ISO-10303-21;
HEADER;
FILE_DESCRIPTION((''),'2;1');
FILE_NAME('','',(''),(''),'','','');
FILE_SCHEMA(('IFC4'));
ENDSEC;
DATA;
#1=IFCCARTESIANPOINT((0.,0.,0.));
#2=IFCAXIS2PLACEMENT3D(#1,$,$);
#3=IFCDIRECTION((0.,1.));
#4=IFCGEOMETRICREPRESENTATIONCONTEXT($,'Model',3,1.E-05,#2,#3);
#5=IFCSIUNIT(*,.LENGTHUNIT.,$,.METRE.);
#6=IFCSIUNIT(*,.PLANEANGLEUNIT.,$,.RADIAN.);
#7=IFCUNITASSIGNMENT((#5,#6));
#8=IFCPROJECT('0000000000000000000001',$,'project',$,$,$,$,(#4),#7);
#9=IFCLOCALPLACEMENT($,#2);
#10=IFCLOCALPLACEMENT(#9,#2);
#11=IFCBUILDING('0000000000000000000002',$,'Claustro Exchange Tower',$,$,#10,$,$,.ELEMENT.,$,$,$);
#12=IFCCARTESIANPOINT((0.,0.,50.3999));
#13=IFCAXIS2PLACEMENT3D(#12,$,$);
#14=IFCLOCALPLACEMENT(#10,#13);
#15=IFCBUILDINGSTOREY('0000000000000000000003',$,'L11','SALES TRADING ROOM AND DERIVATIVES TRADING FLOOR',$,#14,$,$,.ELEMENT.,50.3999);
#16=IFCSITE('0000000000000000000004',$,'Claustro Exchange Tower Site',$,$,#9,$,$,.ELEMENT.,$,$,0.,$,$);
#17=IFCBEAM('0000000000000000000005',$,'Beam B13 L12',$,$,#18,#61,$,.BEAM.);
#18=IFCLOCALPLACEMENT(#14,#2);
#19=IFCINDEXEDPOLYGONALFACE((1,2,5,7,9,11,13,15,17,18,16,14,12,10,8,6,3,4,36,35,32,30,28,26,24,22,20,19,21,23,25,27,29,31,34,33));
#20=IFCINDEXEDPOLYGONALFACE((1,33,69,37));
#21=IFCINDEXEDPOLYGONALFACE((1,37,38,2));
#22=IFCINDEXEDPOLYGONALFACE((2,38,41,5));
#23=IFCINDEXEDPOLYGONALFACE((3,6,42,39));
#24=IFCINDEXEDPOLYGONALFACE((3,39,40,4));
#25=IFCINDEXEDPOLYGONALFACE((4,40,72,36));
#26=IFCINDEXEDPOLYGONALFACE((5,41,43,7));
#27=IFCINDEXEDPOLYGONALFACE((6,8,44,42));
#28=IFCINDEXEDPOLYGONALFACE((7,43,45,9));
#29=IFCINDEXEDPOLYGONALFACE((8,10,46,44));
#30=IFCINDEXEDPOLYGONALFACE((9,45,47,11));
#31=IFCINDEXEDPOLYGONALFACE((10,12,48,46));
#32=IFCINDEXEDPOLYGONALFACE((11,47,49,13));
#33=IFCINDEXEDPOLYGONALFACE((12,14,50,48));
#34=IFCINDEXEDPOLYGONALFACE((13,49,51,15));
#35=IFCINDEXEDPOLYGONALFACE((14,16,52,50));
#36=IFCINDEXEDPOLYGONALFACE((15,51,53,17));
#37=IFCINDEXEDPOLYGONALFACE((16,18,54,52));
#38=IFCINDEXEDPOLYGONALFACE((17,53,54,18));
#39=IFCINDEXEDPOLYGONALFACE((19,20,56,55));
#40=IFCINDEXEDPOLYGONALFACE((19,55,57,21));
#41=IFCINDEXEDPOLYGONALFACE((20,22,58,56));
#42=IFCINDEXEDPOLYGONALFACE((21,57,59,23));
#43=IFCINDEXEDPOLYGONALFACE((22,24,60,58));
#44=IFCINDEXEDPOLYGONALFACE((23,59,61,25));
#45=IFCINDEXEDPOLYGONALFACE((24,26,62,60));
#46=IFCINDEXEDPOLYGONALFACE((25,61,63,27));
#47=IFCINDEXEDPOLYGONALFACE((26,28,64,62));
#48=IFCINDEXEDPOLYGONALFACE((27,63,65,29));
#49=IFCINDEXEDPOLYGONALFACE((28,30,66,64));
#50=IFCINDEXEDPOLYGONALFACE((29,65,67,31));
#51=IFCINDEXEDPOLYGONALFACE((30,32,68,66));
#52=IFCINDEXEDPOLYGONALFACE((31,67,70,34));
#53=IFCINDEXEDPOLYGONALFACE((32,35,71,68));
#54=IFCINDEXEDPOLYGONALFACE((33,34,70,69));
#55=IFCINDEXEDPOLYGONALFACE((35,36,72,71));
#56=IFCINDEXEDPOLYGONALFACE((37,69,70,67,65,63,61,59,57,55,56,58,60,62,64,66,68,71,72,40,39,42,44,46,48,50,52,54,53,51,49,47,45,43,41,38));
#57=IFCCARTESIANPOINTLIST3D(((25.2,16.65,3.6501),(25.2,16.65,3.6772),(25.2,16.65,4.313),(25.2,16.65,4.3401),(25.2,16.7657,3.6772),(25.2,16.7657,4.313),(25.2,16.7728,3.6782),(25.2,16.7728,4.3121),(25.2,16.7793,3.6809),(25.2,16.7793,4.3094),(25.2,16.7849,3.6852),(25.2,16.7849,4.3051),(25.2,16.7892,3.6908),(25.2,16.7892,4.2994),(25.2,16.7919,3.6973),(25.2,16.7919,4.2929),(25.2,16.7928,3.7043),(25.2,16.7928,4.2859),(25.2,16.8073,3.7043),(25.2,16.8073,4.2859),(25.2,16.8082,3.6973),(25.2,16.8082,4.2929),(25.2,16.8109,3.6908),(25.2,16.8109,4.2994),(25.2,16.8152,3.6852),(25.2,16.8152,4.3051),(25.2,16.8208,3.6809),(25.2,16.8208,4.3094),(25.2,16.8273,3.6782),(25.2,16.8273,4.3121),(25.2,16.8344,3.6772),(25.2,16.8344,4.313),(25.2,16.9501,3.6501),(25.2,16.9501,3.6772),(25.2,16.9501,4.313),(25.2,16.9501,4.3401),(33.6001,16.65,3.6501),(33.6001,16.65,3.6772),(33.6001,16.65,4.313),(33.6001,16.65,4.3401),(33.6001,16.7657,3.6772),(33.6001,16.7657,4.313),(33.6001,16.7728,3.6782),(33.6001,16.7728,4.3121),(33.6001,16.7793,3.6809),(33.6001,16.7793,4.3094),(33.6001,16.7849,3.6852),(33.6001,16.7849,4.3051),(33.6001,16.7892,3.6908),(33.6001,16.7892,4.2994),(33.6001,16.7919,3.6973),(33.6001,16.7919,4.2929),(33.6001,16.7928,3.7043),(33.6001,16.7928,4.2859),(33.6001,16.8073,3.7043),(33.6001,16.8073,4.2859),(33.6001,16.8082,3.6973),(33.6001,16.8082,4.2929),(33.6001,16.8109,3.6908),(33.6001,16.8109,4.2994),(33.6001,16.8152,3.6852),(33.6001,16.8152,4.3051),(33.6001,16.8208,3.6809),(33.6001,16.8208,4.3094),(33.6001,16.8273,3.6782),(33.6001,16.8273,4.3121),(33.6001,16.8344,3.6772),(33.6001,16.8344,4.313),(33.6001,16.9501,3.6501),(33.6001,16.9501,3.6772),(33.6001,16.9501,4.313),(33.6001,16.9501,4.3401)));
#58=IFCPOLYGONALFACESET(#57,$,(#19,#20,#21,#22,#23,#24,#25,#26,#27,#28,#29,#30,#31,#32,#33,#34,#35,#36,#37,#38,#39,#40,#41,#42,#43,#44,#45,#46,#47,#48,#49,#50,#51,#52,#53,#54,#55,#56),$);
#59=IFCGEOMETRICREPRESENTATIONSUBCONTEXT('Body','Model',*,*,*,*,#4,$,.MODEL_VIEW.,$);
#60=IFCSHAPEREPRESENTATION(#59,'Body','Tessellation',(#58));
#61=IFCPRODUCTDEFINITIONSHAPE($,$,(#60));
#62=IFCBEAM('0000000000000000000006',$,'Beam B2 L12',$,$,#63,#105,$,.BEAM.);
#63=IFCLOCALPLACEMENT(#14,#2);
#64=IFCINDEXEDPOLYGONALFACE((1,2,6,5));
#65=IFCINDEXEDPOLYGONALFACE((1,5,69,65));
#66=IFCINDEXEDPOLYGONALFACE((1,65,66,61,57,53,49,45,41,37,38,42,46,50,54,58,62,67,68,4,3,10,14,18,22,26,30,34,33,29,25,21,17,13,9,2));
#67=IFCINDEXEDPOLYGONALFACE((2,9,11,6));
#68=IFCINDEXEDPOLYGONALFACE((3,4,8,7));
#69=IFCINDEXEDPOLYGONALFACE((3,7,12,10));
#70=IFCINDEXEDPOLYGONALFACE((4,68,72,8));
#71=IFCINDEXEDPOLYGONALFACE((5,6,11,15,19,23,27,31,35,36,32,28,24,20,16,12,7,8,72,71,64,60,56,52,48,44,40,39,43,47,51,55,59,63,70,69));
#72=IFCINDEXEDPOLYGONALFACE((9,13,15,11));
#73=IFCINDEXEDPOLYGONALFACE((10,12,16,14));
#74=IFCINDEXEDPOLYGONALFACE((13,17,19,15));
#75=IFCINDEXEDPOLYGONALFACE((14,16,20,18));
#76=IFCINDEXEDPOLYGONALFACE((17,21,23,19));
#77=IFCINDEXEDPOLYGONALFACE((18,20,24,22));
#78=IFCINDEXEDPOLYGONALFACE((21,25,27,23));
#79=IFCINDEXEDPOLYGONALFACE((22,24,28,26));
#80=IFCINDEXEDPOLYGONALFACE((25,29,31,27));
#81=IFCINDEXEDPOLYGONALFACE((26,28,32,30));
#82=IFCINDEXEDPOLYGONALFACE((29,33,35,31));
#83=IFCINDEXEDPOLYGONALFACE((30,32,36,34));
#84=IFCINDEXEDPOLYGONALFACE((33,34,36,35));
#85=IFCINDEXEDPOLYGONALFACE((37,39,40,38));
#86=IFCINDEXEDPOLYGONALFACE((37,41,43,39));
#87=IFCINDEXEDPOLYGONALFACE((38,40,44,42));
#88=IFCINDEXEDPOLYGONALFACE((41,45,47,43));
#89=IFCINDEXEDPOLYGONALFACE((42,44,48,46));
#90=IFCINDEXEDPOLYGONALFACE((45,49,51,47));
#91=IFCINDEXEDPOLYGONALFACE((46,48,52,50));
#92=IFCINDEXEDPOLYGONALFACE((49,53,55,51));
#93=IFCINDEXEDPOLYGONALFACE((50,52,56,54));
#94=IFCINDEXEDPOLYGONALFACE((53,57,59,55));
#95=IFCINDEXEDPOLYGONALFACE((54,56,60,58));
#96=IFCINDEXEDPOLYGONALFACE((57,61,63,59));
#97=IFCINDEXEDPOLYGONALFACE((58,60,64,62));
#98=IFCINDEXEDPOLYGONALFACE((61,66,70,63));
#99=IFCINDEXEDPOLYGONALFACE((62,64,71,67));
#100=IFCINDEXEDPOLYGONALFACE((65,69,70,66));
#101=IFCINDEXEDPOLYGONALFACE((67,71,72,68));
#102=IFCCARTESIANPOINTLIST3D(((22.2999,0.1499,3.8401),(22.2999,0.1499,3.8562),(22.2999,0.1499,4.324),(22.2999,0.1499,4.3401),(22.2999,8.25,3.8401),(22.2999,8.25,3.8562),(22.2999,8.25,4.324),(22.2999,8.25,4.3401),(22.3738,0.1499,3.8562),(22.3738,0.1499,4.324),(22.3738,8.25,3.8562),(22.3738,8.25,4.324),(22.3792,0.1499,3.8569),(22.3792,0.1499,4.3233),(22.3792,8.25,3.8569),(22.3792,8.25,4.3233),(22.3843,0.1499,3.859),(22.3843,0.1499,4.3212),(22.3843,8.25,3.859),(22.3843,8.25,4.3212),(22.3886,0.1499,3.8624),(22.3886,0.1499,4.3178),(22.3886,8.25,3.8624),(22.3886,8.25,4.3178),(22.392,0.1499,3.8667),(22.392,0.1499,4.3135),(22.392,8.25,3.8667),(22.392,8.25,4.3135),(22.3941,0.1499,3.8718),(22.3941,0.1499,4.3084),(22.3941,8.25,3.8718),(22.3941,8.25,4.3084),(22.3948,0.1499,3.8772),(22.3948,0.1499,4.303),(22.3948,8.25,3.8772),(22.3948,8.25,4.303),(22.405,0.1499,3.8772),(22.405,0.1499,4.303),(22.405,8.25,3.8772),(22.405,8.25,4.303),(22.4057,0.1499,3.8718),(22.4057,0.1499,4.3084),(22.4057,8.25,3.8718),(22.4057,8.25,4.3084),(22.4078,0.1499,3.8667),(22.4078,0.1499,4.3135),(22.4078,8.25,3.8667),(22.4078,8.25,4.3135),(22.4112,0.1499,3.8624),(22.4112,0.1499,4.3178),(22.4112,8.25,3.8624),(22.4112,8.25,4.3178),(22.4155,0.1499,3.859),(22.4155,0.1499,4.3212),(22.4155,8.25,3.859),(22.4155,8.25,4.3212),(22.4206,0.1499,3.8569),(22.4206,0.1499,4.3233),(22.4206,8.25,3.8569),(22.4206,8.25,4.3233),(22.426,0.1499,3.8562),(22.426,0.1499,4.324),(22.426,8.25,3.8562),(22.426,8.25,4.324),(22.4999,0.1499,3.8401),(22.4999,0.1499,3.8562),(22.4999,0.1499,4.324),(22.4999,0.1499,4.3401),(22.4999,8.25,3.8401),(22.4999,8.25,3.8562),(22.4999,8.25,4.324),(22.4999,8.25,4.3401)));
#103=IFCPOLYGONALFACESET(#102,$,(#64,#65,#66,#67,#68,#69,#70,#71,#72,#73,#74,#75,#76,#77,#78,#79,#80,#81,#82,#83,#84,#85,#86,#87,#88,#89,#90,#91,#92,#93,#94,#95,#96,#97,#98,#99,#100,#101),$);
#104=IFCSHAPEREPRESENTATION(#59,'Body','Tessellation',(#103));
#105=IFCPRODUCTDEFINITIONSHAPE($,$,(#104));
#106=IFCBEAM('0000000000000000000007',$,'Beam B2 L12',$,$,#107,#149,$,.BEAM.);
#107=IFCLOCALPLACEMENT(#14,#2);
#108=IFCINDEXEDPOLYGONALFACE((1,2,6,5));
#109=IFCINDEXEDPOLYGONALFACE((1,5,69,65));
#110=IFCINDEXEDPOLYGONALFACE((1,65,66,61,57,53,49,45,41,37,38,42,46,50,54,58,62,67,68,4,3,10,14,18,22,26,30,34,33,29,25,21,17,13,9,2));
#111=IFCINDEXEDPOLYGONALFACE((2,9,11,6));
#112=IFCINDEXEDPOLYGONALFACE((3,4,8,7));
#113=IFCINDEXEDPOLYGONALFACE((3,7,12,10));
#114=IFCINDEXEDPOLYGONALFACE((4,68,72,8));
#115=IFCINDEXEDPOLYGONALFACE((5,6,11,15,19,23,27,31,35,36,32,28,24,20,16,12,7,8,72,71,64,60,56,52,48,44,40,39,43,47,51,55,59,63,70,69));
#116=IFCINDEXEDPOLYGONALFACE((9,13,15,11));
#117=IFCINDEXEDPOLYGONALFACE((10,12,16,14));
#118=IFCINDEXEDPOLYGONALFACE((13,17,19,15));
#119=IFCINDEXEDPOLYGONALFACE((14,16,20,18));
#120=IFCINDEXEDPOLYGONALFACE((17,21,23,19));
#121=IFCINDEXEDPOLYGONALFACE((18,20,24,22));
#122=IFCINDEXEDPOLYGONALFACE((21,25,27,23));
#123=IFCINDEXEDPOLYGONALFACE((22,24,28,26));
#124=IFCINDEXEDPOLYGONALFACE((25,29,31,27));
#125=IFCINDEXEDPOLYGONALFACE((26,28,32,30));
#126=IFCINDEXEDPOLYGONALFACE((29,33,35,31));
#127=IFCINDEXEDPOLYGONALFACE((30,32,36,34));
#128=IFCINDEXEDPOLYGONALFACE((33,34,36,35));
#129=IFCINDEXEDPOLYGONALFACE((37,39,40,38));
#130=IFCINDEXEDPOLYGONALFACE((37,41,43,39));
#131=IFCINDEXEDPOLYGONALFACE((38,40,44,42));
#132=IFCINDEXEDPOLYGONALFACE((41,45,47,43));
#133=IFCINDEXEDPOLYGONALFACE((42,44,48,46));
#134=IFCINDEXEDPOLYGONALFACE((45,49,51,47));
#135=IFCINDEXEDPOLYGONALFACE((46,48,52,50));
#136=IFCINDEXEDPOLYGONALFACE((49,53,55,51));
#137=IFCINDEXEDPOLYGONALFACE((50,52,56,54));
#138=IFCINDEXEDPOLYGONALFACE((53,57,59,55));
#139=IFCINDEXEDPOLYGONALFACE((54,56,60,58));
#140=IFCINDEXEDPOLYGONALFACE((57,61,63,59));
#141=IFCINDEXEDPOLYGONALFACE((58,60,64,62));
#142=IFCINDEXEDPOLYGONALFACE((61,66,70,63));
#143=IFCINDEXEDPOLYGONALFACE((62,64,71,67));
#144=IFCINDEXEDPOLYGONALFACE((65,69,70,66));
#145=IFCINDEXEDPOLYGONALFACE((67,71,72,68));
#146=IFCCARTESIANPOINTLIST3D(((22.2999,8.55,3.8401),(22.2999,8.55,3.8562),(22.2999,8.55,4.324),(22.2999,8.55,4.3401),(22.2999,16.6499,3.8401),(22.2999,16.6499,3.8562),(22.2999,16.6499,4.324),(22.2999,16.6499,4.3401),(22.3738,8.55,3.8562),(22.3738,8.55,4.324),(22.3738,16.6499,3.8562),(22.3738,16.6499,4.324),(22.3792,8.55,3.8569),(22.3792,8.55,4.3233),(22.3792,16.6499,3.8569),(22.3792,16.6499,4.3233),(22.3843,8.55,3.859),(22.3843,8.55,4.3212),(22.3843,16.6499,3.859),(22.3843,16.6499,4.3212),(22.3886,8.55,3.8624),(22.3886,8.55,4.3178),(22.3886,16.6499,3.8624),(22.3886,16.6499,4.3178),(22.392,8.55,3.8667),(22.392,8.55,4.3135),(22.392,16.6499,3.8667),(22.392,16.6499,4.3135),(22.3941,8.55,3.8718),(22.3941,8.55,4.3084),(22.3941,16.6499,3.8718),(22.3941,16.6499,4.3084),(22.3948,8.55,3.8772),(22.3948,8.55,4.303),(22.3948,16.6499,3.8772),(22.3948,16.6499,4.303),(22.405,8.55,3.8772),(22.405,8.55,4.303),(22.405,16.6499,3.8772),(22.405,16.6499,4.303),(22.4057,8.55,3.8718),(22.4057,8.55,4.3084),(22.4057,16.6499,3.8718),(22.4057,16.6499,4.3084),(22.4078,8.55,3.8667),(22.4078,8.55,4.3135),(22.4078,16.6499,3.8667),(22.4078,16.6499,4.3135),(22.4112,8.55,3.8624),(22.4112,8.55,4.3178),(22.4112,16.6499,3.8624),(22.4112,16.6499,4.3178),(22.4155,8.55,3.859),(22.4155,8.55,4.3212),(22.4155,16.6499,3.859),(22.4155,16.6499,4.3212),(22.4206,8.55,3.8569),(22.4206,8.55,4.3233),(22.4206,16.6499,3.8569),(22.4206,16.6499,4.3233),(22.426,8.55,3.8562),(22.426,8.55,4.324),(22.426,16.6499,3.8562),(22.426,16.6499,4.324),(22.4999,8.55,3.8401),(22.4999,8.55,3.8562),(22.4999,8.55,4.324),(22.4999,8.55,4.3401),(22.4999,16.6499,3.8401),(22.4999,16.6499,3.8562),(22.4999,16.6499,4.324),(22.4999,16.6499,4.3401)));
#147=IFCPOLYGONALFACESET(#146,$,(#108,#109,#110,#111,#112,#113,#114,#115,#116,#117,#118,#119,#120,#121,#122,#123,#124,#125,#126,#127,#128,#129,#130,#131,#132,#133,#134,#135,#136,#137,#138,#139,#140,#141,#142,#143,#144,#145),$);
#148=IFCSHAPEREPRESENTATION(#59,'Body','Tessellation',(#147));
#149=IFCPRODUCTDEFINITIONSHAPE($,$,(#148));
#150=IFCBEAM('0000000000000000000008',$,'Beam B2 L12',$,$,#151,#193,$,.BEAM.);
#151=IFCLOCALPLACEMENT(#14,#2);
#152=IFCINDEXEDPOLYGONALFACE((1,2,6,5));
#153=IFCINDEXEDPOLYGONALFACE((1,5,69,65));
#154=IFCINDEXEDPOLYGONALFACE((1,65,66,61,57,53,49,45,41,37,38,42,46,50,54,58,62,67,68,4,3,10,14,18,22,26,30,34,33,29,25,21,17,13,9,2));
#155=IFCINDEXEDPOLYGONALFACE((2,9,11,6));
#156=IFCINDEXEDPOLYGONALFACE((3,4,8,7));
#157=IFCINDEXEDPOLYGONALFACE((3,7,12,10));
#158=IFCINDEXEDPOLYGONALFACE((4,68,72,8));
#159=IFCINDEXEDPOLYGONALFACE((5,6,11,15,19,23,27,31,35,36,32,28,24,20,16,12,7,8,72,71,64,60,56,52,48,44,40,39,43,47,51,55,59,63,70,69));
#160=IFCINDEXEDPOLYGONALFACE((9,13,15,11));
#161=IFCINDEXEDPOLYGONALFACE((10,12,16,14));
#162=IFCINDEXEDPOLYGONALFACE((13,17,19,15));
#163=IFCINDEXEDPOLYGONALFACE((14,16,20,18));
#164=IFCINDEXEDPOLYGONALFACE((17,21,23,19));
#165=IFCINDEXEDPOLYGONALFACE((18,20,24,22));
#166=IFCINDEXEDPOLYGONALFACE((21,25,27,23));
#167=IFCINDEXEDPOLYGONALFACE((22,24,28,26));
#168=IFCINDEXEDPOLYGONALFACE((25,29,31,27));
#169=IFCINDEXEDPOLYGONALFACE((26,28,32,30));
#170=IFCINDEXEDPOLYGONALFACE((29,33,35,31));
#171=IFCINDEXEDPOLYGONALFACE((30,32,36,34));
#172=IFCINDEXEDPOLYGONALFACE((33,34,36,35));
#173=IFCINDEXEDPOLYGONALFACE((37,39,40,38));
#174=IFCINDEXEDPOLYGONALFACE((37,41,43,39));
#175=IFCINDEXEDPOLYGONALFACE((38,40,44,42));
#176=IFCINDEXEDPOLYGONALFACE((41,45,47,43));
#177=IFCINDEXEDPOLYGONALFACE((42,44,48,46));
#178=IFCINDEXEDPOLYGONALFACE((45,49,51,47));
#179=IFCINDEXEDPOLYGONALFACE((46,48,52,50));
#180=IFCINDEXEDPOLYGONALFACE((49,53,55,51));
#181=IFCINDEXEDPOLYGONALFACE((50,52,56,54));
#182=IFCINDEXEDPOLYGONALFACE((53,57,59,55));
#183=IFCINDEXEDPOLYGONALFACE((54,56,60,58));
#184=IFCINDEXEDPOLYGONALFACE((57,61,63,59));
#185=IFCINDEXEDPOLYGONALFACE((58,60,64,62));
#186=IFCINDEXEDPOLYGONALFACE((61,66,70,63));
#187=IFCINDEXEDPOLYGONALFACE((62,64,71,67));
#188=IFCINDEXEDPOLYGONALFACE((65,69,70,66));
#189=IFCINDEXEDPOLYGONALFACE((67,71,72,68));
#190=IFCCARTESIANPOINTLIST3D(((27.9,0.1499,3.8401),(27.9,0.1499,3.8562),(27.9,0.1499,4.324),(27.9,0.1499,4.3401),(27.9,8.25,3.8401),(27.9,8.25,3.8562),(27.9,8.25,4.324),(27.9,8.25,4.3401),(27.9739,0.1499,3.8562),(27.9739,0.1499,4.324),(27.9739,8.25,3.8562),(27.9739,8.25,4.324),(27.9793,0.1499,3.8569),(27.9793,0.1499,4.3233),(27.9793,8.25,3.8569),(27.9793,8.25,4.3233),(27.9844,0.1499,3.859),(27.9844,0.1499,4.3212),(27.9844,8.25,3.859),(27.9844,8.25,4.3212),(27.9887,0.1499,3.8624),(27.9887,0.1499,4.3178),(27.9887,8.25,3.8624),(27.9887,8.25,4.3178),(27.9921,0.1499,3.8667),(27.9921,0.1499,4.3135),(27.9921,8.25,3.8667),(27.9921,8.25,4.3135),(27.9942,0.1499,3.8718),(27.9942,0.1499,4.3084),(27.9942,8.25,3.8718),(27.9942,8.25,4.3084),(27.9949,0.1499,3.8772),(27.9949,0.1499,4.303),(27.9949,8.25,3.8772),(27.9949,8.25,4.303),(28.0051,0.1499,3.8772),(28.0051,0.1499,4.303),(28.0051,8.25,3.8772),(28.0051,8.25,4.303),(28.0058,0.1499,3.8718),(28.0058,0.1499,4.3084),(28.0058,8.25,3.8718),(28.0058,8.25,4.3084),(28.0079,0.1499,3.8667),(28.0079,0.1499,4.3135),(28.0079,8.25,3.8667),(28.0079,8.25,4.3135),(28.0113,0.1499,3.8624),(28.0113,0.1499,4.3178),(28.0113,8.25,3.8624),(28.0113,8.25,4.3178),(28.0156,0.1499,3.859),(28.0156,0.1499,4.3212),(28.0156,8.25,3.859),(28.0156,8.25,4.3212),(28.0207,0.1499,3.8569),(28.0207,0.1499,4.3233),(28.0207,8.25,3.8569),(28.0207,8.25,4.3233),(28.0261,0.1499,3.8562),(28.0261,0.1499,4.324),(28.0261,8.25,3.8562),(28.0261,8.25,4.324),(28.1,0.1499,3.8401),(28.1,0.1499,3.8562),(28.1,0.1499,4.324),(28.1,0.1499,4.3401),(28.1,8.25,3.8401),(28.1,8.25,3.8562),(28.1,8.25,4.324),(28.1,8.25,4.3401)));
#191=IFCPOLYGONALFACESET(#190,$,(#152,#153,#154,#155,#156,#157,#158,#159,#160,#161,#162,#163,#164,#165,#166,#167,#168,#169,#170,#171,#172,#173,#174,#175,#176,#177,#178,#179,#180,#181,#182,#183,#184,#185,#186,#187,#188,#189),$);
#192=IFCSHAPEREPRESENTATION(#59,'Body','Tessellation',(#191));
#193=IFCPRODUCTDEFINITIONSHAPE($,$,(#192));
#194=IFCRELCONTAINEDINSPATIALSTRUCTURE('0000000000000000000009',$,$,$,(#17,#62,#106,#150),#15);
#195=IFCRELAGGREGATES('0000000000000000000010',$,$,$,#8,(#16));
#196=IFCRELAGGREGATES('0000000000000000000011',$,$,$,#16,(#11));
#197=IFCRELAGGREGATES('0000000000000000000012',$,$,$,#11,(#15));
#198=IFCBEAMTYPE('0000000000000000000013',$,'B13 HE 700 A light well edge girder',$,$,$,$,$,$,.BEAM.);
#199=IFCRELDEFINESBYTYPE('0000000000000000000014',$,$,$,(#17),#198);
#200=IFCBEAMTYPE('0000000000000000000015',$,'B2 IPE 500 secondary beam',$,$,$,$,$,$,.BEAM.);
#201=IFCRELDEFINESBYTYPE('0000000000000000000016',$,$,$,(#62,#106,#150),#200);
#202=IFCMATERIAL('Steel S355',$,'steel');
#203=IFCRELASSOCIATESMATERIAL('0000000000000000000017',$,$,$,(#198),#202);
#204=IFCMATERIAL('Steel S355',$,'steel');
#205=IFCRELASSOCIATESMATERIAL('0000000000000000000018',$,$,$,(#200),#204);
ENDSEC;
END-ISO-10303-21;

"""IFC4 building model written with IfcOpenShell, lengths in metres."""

from ifc_helpers import new_model, si_unit, direction, frame, origin, origin_2d, place, context, subcontext, project, spatial, i_section, extrude, material, material_profile, profile_set, type_object, element, save


model = new_model("IFC4")

# Units and contexts
model_context = context("Model", 3, precision=1e-05, world=origin(), true_north=direction((0.0, 1.0)))
body_context = subcontext(model_context, "Body", "Model", "MODEL_VIEW")
ifc_project = project(units=[si_unit("LENGTHUNIT", "METRE"), si_unit("PLANEANGLEUNIT", "RADIAN")], contexts=[model_context])

# Site, building, storey
site_placement = place(None, origin())
site = spatial("IfcSite", under=ifc_project, at=site_placement, Name="Claustro Exchange Tower Site", CompositionType="ELEMENT", RefElevation=0.0)
building_placement = place(site_placement, origin())
building = spatial("IfcBuilding", under=site, at=building_placement, Name="Claustro Exchange Tower", CompositionType="ELEMENT")
storey_placement = place(building_placement, frame((0.0, 0.0, 50.3999)))
storey = spatial("IfcBuildingStorey", under=building, at=storey_placement, Name="L11", Description="SALES TRADING ROOM AND DERIVATIVES TRADING FLOOR", CompositionType="ELEMENT", Elevation=50.3999)

# Beams
ifc_material_1 = material(Name="Steel S355", Category="steel")
ifc_material_profile_1 = material_profile(ifc_material_1, i_section(OverallWidth=0.3, OverallDepth=0.6899, WebThickness=0.0144, FlangeThickness=0.0271, FilletRadius=0.0271, at=origin_2d()), Name="HE 700 A")
ifc_profile_set_1 = profile_set([ifc_material_profile_1], Name="Steel S355")
beam_type_1 = type_object("IfcBeamType", Name="B13 HE 700 A light well edge girder", PredefinedType="BEAM", material=ifc_profile_set_1)
beam_1_placement = place(storey_placement, frame((25.2, 16.8, 3.9951), z_axis=(1.0, 0.0, 0.0), x_axis=(0.0, 1.0, 0.0)))
element("IfcBeam", 1, at=beam_1_placement, inside=storey, type_object=beam_type_1, Name="Beam B13 L12", PredefinedType="BEAM", context=body_context, shape_type="SweptSolid", body=[
    extrude(i_section(OverallWidth=0.3, OverallDepth=0.6899, WebThickness=0.0144, FlangeThickness=0.0271, FilletRadius=0.0271, at=origin_2d()), origin(), (0.0, 0.0, 1.0), 8.4001),
])
ifc_material_2 = material(Name="Steel S355", Category="steel")
ifc_material_profile_2 = material_profile(ifc_material_2, i_section(OverallWidth=0.2, OverallDepth=0.5, WebThickness=0.0103, FlangeThickness=0.0161, FilletRadius=0.021, at=origin_2d()), Name="IPE 500")
ifc_profile_set_2 = profile_set([ifc_material_profile_2], Name="Steel S355")
beam_type_2 = type_object("IfcBeamType", Name="B2 IPE 500 secondary beam", PredefinedType="BEAM", material=ifc_profile_set_2)
beam_2_placement = place(storey_placement, frame((22.3999, 0.1499, 4.0901), z_axis=(0.0, 1.0, 0.0), x_axis=(-1.0, 0.0, 0.0)))
element("IfcBeam", 2, at=beam_2_placement, inside=storey, type_object=beam_type_2, Name="Beam B2 L12", PredefinedType="BEAM", context=body_context, shape_type="SweptSolid", body=[
    extrude(i_section(OverallWidth=0.2, OverallDepth=0.5, WebThickness=0.0103, FlangeThickness=0.0161, FilletRadius=0.021, at=origin_2d()), origin(), (0.0, 0.0, 1.0), 8.1001),
])
beam_3_placement = place(storey_placement, frame((22.3999, 8.55, 4.0901), z_axis=(0.0, 1.0, 0.0), x_axis=(-1.0, 0.0, 0.0)))
element("IfcBeam", 3, at=beam_3_placement, inside=storey, type_object=beam_type_2, Name="Beam B2 L12", PredefinedType="BEAM", context=body_context, shape_type="SweptSolid", body=[
    extrude(i_section(OverallWidth=0.2, OverallDepth=0.5, WebThickness=0.0103, FlangeThickness=0.0161, FilletRadius=0.021, at=origin_2d()), origin(), (0.0, 0.0, 1.0), 8.0999),
])
beam_4_placement = place(storey_placement, frame((28.0, 0.1499, 4.0901), z_axis=(0.0, 1.0, 0.0), x_axis=(-1.0, 0.0, 0.0)))
element("IfcBeam", 4, at=beam_4_placement, inside=storey, type_object=beam_type_2, Name="Beam B2 L12", PredefinedType="BEAM", context=body_context, shape_type="SweptSolid", body=[
    extrude(i_section(OverallWidth=0.2, OverallDepth=0.5, WebThickness=0.0103, FlangeThickness=0.0161, FilletRadius=0.021, at=origin_2d()), origin(), (0.0, 0.0, 1.0), 8.1001),
])

save(model, "model.ifc")
